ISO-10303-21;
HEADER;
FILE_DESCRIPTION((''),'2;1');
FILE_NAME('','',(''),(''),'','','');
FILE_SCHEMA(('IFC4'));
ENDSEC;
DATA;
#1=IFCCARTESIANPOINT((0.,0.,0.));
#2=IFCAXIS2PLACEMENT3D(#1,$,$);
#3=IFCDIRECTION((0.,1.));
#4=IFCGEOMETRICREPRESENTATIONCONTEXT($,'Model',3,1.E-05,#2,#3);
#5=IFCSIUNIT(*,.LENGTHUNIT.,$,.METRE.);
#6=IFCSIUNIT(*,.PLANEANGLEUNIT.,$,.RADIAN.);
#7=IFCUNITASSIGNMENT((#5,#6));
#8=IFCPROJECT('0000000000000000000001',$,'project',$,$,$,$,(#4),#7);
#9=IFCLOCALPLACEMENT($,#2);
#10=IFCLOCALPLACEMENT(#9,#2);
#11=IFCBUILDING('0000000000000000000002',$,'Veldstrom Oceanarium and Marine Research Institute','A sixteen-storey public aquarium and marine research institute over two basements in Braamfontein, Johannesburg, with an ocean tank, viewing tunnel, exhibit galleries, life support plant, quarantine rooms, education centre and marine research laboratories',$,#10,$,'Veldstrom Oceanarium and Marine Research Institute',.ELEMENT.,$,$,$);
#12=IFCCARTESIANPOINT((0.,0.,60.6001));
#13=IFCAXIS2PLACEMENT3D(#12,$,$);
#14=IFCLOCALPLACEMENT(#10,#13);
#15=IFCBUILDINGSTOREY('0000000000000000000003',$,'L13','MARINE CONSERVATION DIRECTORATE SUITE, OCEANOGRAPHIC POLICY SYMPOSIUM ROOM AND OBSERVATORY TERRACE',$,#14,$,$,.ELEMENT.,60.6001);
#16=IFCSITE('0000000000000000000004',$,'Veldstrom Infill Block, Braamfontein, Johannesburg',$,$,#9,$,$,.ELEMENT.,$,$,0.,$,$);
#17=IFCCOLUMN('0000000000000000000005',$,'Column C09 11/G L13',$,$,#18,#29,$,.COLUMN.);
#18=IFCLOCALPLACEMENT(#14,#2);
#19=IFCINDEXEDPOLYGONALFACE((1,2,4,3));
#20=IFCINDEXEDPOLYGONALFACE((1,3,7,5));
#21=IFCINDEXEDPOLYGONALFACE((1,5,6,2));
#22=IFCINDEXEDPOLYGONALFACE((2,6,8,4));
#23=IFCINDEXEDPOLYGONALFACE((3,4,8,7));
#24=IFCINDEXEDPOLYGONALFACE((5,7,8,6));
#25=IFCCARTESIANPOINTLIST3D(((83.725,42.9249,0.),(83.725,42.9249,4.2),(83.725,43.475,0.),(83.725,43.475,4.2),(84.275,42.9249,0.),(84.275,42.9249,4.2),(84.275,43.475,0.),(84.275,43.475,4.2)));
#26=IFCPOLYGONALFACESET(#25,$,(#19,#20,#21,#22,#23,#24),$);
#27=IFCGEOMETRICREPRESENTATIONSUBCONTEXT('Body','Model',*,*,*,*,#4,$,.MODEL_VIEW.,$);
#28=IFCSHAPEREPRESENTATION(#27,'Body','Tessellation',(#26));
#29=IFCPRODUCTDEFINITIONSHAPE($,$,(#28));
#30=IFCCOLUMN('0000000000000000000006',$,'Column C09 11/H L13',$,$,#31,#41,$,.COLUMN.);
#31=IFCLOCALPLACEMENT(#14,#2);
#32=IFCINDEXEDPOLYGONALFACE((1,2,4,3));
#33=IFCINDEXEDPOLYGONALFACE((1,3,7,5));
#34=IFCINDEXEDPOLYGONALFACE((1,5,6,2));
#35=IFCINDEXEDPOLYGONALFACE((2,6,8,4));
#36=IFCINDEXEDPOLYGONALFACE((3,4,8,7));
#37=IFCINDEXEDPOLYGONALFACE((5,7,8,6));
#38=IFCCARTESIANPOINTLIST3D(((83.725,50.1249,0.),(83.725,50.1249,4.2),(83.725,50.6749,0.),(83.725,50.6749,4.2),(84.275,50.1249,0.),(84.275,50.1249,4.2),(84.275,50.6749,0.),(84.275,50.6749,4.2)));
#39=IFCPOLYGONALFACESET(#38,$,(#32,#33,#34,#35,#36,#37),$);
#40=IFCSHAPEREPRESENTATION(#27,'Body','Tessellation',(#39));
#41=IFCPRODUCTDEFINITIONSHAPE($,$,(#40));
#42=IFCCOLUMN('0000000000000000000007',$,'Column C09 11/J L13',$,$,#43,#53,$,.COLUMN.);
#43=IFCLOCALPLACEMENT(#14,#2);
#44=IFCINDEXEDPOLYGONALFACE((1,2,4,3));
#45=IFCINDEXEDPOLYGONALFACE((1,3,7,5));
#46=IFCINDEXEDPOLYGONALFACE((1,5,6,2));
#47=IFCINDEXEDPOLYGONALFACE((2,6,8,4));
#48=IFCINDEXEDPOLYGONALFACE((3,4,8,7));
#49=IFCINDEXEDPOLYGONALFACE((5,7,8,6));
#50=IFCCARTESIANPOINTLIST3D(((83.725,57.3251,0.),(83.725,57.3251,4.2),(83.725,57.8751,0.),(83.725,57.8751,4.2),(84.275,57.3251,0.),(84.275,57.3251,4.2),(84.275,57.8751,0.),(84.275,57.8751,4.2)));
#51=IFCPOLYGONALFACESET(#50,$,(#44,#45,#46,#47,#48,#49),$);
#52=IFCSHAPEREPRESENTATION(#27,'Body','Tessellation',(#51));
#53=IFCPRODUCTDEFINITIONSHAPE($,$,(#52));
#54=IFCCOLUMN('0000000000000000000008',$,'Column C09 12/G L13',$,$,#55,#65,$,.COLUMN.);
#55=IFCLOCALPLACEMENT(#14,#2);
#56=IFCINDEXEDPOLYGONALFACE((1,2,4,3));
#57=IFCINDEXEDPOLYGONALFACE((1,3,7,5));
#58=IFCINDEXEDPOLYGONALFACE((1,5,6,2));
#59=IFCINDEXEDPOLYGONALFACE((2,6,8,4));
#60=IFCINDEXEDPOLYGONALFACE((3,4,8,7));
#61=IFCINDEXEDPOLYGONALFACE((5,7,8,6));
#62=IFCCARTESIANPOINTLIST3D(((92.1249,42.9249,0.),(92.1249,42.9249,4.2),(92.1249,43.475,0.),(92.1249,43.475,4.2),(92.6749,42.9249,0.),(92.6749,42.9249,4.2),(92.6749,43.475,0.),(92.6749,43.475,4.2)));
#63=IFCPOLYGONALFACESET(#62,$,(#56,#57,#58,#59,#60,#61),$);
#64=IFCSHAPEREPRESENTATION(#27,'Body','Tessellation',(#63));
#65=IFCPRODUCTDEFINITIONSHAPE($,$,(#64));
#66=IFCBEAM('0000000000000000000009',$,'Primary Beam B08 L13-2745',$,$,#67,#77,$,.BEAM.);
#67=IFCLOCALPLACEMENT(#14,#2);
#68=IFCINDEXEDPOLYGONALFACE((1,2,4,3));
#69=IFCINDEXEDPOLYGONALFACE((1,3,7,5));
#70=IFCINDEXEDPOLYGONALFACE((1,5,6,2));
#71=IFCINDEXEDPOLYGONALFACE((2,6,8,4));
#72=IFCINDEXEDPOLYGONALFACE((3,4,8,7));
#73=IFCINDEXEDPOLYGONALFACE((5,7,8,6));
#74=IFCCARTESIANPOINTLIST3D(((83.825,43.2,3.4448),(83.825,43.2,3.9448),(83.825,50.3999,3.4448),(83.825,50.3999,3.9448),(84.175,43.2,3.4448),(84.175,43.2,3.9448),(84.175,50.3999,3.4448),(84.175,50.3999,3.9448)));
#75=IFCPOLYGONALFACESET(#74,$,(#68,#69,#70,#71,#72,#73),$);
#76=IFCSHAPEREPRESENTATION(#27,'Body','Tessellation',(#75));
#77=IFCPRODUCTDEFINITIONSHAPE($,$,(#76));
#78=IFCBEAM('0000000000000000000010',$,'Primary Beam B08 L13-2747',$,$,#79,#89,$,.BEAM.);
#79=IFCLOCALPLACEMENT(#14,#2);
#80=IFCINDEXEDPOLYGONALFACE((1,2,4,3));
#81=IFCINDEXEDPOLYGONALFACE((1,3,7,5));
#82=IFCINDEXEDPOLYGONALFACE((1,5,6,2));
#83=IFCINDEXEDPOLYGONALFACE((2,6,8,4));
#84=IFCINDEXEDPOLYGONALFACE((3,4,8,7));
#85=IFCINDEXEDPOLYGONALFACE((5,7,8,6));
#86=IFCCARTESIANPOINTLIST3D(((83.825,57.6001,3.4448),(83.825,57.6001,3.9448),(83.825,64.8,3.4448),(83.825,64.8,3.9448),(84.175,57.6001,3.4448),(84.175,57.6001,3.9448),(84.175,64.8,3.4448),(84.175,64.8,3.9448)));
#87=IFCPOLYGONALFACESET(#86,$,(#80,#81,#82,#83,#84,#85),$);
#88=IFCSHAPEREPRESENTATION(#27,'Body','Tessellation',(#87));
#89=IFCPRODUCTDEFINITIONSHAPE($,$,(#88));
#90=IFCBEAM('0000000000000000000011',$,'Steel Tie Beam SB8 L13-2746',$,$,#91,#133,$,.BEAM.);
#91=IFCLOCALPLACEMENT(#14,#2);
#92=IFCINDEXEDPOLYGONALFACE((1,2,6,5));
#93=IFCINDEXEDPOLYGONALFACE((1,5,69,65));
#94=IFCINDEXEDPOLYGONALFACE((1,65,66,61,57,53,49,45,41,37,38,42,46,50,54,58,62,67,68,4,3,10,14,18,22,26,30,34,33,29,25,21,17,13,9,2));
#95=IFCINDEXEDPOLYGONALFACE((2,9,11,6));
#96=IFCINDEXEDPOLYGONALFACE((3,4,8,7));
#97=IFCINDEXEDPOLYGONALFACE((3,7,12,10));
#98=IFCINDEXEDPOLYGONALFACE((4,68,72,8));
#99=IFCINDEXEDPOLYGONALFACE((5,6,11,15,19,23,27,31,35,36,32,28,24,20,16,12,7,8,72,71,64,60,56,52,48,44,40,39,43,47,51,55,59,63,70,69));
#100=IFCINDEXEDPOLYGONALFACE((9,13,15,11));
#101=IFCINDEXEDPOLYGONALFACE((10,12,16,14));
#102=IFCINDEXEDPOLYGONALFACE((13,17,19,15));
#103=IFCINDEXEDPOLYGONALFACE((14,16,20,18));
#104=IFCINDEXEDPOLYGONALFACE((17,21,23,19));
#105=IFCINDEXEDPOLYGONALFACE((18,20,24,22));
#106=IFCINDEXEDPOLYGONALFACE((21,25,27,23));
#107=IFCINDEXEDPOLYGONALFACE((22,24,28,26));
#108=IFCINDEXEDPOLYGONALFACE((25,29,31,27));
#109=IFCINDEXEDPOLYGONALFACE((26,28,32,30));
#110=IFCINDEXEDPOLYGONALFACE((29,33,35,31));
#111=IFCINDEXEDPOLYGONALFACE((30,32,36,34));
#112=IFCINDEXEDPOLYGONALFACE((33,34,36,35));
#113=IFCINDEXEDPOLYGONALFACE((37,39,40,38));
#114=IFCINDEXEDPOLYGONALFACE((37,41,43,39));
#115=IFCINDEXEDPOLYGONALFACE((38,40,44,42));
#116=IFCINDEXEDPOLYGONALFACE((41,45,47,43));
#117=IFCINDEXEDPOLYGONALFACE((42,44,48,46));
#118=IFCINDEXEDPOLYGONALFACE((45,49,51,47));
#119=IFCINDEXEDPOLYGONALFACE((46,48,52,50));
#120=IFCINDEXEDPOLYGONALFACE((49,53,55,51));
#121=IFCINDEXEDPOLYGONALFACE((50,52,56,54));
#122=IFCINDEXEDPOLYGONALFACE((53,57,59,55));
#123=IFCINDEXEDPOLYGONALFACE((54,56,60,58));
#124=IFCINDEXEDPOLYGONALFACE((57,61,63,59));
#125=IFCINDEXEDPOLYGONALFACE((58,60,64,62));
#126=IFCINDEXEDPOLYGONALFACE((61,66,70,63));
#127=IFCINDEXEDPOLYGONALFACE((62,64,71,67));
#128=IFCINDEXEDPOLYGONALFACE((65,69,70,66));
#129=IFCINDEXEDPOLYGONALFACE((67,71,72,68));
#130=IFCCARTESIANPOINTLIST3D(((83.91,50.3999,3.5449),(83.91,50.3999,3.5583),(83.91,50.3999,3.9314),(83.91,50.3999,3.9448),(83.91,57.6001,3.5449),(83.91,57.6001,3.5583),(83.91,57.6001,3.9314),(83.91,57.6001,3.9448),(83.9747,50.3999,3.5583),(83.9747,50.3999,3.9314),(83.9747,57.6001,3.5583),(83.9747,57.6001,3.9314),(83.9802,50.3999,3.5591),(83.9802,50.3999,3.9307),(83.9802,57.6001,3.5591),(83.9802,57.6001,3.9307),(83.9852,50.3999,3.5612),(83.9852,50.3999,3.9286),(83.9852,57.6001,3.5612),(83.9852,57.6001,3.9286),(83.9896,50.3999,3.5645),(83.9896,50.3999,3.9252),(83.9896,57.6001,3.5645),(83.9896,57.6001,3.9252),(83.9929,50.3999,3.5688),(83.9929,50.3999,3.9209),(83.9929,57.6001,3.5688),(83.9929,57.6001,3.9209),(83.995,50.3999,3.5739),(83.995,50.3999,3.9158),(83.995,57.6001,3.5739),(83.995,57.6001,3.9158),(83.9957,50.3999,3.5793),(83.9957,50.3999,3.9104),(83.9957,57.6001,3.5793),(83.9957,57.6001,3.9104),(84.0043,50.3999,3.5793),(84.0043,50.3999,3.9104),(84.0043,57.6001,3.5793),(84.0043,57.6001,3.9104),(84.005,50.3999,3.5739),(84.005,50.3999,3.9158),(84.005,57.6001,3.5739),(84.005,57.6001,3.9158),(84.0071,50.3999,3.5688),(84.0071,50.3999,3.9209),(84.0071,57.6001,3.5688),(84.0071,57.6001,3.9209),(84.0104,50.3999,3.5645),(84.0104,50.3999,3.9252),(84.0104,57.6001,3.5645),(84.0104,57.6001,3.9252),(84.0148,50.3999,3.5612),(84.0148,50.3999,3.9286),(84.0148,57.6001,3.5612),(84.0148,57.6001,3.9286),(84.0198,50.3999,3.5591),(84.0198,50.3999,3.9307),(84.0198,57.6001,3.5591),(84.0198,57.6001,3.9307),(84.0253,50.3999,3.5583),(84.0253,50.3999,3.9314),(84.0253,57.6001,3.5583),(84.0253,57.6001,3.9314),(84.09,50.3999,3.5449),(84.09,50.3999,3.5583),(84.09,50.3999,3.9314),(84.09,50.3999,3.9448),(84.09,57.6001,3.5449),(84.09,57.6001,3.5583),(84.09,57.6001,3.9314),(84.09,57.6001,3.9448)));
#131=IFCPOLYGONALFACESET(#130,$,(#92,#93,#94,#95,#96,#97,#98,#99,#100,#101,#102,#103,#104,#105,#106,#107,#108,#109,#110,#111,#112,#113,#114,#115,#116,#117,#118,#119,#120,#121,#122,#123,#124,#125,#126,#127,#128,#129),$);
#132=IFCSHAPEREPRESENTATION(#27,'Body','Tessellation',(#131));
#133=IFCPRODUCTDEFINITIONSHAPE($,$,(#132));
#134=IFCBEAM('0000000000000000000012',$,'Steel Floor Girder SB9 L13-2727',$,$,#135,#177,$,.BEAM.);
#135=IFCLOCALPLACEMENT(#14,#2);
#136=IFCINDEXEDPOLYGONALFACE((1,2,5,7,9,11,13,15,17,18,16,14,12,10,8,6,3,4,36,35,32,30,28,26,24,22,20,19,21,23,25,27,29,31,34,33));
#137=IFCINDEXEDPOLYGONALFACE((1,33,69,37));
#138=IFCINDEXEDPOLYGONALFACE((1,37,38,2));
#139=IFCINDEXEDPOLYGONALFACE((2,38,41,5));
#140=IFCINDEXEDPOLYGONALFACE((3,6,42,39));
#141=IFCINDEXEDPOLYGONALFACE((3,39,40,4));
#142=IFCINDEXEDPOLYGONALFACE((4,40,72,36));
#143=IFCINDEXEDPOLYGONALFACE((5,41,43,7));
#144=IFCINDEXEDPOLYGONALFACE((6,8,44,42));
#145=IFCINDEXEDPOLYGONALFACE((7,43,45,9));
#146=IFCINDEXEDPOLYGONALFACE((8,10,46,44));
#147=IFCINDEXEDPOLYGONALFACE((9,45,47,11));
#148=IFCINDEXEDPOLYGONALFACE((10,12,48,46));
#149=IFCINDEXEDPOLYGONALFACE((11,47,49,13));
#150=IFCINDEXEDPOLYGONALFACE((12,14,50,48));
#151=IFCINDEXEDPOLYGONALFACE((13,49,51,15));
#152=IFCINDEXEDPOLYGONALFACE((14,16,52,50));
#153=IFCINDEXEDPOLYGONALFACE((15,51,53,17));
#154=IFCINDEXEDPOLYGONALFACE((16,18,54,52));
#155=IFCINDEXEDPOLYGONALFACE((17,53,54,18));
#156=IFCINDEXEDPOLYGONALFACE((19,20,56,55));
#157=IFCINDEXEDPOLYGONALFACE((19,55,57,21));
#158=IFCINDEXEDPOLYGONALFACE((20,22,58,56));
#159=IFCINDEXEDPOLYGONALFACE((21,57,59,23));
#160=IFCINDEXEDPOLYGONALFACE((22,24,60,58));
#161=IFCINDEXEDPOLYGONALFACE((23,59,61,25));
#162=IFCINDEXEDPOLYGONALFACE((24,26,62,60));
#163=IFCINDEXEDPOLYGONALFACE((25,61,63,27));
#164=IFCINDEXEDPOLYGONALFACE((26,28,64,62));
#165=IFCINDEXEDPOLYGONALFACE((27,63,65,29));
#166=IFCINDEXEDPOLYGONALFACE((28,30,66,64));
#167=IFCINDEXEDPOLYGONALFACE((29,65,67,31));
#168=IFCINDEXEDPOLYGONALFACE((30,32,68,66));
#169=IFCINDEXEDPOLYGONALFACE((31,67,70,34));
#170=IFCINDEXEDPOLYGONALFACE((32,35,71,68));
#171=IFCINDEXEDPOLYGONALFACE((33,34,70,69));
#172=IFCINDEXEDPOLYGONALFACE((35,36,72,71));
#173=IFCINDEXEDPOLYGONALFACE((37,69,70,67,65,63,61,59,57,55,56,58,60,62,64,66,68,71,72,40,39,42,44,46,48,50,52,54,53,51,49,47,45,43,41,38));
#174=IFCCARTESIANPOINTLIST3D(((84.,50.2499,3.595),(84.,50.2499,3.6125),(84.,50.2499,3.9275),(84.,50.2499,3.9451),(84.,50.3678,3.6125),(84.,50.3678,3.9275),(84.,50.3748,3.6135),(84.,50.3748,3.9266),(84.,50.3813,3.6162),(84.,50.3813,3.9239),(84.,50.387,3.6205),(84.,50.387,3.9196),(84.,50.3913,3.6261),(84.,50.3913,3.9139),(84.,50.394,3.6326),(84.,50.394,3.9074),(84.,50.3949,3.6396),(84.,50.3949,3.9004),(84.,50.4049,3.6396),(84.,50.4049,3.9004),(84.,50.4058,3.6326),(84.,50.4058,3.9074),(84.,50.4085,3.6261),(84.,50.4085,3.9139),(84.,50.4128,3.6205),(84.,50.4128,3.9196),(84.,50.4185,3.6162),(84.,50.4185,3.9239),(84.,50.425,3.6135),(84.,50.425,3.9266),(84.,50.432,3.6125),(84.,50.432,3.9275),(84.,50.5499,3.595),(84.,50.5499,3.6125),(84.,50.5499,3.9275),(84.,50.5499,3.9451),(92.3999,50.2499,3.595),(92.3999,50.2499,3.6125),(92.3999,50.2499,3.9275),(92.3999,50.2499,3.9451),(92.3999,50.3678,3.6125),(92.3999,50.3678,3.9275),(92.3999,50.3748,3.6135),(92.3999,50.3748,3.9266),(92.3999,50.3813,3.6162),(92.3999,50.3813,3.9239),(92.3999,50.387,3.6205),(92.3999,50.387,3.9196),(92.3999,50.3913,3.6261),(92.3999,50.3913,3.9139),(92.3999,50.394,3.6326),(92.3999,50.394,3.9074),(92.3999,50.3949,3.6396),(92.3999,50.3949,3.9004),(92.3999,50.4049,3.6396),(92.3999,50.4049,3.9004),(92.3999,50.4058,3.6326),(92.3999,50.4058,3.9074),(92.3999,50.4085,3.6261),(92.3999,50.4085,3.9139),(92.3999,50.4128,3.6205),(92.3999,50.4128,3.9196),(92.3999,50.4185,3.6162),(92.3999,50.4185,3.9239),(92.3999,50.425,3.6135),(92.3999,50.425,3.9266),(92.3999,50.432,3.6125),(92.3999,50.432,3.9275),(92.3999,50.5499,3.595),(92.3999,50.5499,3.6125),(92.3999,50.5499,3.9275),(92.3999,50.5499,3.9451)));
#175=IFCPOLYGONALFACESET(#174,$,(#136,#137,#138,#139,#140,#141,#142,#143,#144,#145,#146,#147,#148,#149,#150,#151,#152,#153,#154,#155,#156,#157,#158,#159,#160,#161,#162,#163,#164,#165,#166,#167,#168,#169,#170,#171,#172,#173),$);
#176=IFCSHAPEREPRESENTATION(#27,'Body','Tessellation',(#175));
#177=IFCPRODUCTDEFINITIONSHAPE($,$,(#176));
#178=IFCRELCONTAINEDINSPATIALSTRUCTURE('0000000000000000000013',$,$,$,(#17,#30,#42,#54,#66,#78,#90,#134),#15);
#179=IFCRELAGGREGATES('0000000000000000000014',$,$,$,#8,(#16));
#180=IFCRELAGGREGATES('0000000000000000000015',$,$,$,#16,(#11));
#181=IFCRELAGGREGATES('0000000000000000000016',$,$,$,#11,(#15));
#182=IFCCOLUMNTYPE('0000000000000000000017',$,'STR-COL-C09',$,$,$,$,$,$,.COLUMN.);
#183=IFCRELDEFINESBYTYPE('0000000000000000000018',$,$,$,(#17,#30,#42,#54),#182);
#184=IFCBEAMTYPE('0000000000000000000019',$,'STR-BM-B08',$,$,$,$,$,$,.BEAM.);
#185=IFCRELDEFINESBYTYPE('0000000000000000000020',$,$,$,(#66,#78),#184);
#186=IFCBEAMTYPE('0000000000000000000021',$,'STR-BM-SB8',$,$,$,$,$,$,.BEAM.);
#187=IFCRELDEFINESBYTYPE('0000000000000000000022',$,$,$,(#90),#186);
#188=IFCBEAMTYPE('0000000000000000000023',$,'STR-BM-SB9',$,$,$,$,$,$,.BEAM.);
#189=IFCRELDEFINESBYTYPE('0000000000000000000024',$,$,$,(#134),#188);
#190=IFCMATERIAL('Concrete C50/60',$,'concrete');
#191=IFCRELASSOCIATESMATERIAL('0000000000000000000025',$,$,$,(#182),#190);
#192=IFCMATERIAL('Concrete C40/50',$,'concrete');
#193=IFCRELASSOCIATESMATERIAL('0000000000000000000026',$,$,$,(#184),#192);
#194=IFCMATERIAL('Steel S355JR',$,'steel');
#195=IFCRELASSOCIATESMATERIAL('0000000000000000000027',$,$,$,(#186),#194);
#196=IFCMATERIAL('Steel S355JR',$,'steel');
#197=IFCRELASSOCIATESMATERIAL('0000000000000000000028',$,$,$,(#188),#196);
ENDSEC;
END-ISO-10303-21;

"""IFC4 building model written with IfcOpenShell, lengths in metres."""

from ifc_helpers import new_model, si_unit, direction, frame, origin, origin_2d, place, context, subcontext, project, spatial, rectangle, i_section, extrude, material, material_profile, profile_set, type_object, element, save


model = new_model("IFC4")

# Units and contexts
model_context = context("Model", 3, precision=1e-05, world=origin(), true_north=direction((0.0, 1.0)))
body_context = subcontext(model_context, "Body", "Model", "MODEL_VIEW")
ifc_project = project(units=[si_unit("LENGTHUNIT", "METRE"), si_unit("PLANEANGLEUNIT", "RADIAN")], contexts=[model_context])

# Site, building, storey
site_placement = place(None, origin())
site = spatial("IfcSite", under=ifc_project, at=site_placement, Name="Veldstrom Infill Block, Braamfontein, Johannesburg", CompositionType="ELEMENT", RefElevation=0.0)
building_placement = place(site_placement, origin())
building = spatial("IfcBuilding", under=site, at=building_placement, Name="Veldstrom Oceanarium and Marine Research Institute", Description="A sixteen-storey public aquarium and marine research institute over two basements in Braamfontein, Johannesburg, with an ocean tank, viewing tunnel, exhibit galleries, life support plant, quarantine rooms, education centre and marine research laboratories", LongName="Veldstrom Oceanarium and Marine Research Institute", CompositionType="ELEMENT")
storey_placement = place(building_placement, frame((0.0, 0.0, 60.6001)))
storey = spatial("IfcBuildingStorey", under=building, at=storey_placement, Name="L13", Description="MARINE CONSERVATION DIRECTORATE SUITE, OCEANOGRAPHIC POLICY SYMPOSIUM ROOM AND OBSERVATORY TERRACE", CompositionType="ELEMENT", Elevation=60.6001)

# Columns
ifc_material_1 = material(Name="Concrete C50/60", Category="concrete")
ifc_material_profile_1 = material_profile(ifc_material_1, rectangle(XDim=0.55, YDim=0.55, at=origin_2d()), Name="RC-COL-550x550")
ifc_profile_set_1 = profile_set([ifc_material_profile_1], Name="Concrete C50/60")
column_type = type_object("IfcColumnType", Name="STR-COL-C09", PredefinedType="COLUMN", material=ifc_profile_set_1)
for number, where, z_axis, x_axis, name in (
    (1, (84.0, 43.2, 0.0), (0.0, 0.0, 1.0), (1.0, 0.0, 0.0), "Column C09 11/G L13"),
    (2, (84.0, 50.3999, 0.0), (0.0, 0.0, 1.0), (1.0, 0.0, 0.0), "Column C09 11/H L13"),
    (3, (84.0, 57.6001, 0.0), (0.0, 0.0, 1.0), (1.0, 0.0, 0.0), "Column C09 11/J L13"),
    (4, (92.3999, 43.2, 0.0), (0.0, 0.0, 1.0), (1.0, 0.0, 0.0), "Column C09 12/G L13"),
):
    element("IfcColumn", number, at=place(storey_placement, frame(where, z_axis=z_axis, x_axis=x_axis)), inside=storey, type_object=column_type, Name=name, PredefinedType="COLUMN", context=body_context, shape_type="SweptSolid", body=[
        extrude(rectangle(XDim=0.55, YDim=0.55, at=origin_2d()), origin(), (0.0, 0.0, 1.0), 4.2),
    ])

# Beams
ifc_material_2 = material(Name="Concrete C40/50", Category="concrete")
ifc_material_profile_2 = material_profile(ifc_material_2, rectangle(XDim=0.3501, YDim=0.5, at=origin_2d()), Name="RC-BM-350x500")
ifc_profile_set_2 = profile_set([ifc_material_profile_2], Name="Concrete C40/50")
beam_type_1 = type_object("IfcBeamType", Name="STR-BM-B08", PredefinedType="BEAM", material=ifc_profile_set_2)
for number, where, z_axis, x_axis, name in (
    (5, (84.0, 43.2, 3.6948), (0.0, 1.0, 0.0), (-1.0, 0.0, 0.0), "Primary Beam B08 L13-2745"),
    (6, (84.0, 57.6001, 3.6948), (0.0, 1.0, 0.0), (-1.0, 0.0, 0.0), "Primary Beam B08 L13-2747"),
):
    element("IfcBeam", number, at=place(storey_placement, frame(where, z_axis=z_axis, x_axis=x_axis)), inside=storey, type_object=beam_type_1, Name=name, PredefinedType="BEAM", context=body_context, shape_type="SweptSolid", body=[
        extrude(rectangle(XDim=0.3501, YDim=0.5, at=origin_2d()), origin(), (0.0, 0.0, 1.0), 7.2),
    ])
ifc_material_3 = material(Name="Steel S355JR", Category="steel")
ifc_material_profile_3 = material_profile(ifc_material_3, i_section(OverallWidth=0.1799, OverallDepth=0.3999, WebThickness=0.0085, FlangeThickness=0.0134, FilletRadius=0.021, at=origin_2d()), Name="IPE 400")
ifc_profile_set_3 = profile_set([ifc_material_profile_3], Name="Steel S355JR")
beam_type_2 = type_object("IfcBeamType", Name="STR-BM-SB8", PredefinedType="BEAM", material=ifc_profile_set_3)
beam_1_placement = place(storey_placement, frame((84.0, 50.3999, 3.7449), z_axis=(0.0, 1.0, 0.0), x_axis=(-1.0, 0.0, 0.0)))
element("IfcBeam", 7, at=beam_1_placement, inside=storey, type_object=beam_type_2, Name="Steel Tie Beam SB8 L13-2746", PredefinedType="BEAM", context=body_context, shape_type="SweptSolid", body=[
    extrude(i_section(OverallWidth=0.1799, OverallDepth=0.3999, WebThickness=0.0085, FlangeThickness=0.0134, FilletRadius=0.021, at=origin_2d()), origin(), (0.0, 0.0, 1.0), 7.2002),
])
ifc_material_4 = material(Name="Steel S355JR", Category="steel")
ifc_material_profile_4 = material_profile(ifc_material_4, i_section(OverallWidth=0.3, OverallDepth=0.3501, WebThickness=0.01, FlangeThickness=0.0176, FilletRadius=0.0271, at=origin_2d()), Name="HEA 360")
ifc_profile_set_4 = profile_set([ifc_material_profile_4], Name="Steel S355JR")
beam_type_3 = type_object("IfcBeamType", Name="STR-BM-SB9", PredefinedType="BEAM", material=ifc_profile_set_4)
for number, where, z_axis, x_axis, name in (
    (8, (84.0, 50.3999, 3.77), (1.0, 0.0, 0.0), (0.0, 1.0, 0.0), "Steel Floor Girder SB9 L13-2727"),
):
    element("IfcBeam", number, at=place(storey_placement, frame(where, z_axis=z_axis, x_axis=x_axis)), inside=storey, type_object=beam_type_3, Name=name, PredefinedType="BEAM", context=body_context, shape_type="SweptSolid", body=[
        extrude(i_section(OverallWidth=0.3, OverallDepth=0.3501, WebThickness=0.01, FlangeThickness=0.0176, FilletRadius=0.0271, at=origin_2d()), origin(), (0.0, 0.0, 1.0), 8.3999),
    ])

save(model, "model.ifc")
